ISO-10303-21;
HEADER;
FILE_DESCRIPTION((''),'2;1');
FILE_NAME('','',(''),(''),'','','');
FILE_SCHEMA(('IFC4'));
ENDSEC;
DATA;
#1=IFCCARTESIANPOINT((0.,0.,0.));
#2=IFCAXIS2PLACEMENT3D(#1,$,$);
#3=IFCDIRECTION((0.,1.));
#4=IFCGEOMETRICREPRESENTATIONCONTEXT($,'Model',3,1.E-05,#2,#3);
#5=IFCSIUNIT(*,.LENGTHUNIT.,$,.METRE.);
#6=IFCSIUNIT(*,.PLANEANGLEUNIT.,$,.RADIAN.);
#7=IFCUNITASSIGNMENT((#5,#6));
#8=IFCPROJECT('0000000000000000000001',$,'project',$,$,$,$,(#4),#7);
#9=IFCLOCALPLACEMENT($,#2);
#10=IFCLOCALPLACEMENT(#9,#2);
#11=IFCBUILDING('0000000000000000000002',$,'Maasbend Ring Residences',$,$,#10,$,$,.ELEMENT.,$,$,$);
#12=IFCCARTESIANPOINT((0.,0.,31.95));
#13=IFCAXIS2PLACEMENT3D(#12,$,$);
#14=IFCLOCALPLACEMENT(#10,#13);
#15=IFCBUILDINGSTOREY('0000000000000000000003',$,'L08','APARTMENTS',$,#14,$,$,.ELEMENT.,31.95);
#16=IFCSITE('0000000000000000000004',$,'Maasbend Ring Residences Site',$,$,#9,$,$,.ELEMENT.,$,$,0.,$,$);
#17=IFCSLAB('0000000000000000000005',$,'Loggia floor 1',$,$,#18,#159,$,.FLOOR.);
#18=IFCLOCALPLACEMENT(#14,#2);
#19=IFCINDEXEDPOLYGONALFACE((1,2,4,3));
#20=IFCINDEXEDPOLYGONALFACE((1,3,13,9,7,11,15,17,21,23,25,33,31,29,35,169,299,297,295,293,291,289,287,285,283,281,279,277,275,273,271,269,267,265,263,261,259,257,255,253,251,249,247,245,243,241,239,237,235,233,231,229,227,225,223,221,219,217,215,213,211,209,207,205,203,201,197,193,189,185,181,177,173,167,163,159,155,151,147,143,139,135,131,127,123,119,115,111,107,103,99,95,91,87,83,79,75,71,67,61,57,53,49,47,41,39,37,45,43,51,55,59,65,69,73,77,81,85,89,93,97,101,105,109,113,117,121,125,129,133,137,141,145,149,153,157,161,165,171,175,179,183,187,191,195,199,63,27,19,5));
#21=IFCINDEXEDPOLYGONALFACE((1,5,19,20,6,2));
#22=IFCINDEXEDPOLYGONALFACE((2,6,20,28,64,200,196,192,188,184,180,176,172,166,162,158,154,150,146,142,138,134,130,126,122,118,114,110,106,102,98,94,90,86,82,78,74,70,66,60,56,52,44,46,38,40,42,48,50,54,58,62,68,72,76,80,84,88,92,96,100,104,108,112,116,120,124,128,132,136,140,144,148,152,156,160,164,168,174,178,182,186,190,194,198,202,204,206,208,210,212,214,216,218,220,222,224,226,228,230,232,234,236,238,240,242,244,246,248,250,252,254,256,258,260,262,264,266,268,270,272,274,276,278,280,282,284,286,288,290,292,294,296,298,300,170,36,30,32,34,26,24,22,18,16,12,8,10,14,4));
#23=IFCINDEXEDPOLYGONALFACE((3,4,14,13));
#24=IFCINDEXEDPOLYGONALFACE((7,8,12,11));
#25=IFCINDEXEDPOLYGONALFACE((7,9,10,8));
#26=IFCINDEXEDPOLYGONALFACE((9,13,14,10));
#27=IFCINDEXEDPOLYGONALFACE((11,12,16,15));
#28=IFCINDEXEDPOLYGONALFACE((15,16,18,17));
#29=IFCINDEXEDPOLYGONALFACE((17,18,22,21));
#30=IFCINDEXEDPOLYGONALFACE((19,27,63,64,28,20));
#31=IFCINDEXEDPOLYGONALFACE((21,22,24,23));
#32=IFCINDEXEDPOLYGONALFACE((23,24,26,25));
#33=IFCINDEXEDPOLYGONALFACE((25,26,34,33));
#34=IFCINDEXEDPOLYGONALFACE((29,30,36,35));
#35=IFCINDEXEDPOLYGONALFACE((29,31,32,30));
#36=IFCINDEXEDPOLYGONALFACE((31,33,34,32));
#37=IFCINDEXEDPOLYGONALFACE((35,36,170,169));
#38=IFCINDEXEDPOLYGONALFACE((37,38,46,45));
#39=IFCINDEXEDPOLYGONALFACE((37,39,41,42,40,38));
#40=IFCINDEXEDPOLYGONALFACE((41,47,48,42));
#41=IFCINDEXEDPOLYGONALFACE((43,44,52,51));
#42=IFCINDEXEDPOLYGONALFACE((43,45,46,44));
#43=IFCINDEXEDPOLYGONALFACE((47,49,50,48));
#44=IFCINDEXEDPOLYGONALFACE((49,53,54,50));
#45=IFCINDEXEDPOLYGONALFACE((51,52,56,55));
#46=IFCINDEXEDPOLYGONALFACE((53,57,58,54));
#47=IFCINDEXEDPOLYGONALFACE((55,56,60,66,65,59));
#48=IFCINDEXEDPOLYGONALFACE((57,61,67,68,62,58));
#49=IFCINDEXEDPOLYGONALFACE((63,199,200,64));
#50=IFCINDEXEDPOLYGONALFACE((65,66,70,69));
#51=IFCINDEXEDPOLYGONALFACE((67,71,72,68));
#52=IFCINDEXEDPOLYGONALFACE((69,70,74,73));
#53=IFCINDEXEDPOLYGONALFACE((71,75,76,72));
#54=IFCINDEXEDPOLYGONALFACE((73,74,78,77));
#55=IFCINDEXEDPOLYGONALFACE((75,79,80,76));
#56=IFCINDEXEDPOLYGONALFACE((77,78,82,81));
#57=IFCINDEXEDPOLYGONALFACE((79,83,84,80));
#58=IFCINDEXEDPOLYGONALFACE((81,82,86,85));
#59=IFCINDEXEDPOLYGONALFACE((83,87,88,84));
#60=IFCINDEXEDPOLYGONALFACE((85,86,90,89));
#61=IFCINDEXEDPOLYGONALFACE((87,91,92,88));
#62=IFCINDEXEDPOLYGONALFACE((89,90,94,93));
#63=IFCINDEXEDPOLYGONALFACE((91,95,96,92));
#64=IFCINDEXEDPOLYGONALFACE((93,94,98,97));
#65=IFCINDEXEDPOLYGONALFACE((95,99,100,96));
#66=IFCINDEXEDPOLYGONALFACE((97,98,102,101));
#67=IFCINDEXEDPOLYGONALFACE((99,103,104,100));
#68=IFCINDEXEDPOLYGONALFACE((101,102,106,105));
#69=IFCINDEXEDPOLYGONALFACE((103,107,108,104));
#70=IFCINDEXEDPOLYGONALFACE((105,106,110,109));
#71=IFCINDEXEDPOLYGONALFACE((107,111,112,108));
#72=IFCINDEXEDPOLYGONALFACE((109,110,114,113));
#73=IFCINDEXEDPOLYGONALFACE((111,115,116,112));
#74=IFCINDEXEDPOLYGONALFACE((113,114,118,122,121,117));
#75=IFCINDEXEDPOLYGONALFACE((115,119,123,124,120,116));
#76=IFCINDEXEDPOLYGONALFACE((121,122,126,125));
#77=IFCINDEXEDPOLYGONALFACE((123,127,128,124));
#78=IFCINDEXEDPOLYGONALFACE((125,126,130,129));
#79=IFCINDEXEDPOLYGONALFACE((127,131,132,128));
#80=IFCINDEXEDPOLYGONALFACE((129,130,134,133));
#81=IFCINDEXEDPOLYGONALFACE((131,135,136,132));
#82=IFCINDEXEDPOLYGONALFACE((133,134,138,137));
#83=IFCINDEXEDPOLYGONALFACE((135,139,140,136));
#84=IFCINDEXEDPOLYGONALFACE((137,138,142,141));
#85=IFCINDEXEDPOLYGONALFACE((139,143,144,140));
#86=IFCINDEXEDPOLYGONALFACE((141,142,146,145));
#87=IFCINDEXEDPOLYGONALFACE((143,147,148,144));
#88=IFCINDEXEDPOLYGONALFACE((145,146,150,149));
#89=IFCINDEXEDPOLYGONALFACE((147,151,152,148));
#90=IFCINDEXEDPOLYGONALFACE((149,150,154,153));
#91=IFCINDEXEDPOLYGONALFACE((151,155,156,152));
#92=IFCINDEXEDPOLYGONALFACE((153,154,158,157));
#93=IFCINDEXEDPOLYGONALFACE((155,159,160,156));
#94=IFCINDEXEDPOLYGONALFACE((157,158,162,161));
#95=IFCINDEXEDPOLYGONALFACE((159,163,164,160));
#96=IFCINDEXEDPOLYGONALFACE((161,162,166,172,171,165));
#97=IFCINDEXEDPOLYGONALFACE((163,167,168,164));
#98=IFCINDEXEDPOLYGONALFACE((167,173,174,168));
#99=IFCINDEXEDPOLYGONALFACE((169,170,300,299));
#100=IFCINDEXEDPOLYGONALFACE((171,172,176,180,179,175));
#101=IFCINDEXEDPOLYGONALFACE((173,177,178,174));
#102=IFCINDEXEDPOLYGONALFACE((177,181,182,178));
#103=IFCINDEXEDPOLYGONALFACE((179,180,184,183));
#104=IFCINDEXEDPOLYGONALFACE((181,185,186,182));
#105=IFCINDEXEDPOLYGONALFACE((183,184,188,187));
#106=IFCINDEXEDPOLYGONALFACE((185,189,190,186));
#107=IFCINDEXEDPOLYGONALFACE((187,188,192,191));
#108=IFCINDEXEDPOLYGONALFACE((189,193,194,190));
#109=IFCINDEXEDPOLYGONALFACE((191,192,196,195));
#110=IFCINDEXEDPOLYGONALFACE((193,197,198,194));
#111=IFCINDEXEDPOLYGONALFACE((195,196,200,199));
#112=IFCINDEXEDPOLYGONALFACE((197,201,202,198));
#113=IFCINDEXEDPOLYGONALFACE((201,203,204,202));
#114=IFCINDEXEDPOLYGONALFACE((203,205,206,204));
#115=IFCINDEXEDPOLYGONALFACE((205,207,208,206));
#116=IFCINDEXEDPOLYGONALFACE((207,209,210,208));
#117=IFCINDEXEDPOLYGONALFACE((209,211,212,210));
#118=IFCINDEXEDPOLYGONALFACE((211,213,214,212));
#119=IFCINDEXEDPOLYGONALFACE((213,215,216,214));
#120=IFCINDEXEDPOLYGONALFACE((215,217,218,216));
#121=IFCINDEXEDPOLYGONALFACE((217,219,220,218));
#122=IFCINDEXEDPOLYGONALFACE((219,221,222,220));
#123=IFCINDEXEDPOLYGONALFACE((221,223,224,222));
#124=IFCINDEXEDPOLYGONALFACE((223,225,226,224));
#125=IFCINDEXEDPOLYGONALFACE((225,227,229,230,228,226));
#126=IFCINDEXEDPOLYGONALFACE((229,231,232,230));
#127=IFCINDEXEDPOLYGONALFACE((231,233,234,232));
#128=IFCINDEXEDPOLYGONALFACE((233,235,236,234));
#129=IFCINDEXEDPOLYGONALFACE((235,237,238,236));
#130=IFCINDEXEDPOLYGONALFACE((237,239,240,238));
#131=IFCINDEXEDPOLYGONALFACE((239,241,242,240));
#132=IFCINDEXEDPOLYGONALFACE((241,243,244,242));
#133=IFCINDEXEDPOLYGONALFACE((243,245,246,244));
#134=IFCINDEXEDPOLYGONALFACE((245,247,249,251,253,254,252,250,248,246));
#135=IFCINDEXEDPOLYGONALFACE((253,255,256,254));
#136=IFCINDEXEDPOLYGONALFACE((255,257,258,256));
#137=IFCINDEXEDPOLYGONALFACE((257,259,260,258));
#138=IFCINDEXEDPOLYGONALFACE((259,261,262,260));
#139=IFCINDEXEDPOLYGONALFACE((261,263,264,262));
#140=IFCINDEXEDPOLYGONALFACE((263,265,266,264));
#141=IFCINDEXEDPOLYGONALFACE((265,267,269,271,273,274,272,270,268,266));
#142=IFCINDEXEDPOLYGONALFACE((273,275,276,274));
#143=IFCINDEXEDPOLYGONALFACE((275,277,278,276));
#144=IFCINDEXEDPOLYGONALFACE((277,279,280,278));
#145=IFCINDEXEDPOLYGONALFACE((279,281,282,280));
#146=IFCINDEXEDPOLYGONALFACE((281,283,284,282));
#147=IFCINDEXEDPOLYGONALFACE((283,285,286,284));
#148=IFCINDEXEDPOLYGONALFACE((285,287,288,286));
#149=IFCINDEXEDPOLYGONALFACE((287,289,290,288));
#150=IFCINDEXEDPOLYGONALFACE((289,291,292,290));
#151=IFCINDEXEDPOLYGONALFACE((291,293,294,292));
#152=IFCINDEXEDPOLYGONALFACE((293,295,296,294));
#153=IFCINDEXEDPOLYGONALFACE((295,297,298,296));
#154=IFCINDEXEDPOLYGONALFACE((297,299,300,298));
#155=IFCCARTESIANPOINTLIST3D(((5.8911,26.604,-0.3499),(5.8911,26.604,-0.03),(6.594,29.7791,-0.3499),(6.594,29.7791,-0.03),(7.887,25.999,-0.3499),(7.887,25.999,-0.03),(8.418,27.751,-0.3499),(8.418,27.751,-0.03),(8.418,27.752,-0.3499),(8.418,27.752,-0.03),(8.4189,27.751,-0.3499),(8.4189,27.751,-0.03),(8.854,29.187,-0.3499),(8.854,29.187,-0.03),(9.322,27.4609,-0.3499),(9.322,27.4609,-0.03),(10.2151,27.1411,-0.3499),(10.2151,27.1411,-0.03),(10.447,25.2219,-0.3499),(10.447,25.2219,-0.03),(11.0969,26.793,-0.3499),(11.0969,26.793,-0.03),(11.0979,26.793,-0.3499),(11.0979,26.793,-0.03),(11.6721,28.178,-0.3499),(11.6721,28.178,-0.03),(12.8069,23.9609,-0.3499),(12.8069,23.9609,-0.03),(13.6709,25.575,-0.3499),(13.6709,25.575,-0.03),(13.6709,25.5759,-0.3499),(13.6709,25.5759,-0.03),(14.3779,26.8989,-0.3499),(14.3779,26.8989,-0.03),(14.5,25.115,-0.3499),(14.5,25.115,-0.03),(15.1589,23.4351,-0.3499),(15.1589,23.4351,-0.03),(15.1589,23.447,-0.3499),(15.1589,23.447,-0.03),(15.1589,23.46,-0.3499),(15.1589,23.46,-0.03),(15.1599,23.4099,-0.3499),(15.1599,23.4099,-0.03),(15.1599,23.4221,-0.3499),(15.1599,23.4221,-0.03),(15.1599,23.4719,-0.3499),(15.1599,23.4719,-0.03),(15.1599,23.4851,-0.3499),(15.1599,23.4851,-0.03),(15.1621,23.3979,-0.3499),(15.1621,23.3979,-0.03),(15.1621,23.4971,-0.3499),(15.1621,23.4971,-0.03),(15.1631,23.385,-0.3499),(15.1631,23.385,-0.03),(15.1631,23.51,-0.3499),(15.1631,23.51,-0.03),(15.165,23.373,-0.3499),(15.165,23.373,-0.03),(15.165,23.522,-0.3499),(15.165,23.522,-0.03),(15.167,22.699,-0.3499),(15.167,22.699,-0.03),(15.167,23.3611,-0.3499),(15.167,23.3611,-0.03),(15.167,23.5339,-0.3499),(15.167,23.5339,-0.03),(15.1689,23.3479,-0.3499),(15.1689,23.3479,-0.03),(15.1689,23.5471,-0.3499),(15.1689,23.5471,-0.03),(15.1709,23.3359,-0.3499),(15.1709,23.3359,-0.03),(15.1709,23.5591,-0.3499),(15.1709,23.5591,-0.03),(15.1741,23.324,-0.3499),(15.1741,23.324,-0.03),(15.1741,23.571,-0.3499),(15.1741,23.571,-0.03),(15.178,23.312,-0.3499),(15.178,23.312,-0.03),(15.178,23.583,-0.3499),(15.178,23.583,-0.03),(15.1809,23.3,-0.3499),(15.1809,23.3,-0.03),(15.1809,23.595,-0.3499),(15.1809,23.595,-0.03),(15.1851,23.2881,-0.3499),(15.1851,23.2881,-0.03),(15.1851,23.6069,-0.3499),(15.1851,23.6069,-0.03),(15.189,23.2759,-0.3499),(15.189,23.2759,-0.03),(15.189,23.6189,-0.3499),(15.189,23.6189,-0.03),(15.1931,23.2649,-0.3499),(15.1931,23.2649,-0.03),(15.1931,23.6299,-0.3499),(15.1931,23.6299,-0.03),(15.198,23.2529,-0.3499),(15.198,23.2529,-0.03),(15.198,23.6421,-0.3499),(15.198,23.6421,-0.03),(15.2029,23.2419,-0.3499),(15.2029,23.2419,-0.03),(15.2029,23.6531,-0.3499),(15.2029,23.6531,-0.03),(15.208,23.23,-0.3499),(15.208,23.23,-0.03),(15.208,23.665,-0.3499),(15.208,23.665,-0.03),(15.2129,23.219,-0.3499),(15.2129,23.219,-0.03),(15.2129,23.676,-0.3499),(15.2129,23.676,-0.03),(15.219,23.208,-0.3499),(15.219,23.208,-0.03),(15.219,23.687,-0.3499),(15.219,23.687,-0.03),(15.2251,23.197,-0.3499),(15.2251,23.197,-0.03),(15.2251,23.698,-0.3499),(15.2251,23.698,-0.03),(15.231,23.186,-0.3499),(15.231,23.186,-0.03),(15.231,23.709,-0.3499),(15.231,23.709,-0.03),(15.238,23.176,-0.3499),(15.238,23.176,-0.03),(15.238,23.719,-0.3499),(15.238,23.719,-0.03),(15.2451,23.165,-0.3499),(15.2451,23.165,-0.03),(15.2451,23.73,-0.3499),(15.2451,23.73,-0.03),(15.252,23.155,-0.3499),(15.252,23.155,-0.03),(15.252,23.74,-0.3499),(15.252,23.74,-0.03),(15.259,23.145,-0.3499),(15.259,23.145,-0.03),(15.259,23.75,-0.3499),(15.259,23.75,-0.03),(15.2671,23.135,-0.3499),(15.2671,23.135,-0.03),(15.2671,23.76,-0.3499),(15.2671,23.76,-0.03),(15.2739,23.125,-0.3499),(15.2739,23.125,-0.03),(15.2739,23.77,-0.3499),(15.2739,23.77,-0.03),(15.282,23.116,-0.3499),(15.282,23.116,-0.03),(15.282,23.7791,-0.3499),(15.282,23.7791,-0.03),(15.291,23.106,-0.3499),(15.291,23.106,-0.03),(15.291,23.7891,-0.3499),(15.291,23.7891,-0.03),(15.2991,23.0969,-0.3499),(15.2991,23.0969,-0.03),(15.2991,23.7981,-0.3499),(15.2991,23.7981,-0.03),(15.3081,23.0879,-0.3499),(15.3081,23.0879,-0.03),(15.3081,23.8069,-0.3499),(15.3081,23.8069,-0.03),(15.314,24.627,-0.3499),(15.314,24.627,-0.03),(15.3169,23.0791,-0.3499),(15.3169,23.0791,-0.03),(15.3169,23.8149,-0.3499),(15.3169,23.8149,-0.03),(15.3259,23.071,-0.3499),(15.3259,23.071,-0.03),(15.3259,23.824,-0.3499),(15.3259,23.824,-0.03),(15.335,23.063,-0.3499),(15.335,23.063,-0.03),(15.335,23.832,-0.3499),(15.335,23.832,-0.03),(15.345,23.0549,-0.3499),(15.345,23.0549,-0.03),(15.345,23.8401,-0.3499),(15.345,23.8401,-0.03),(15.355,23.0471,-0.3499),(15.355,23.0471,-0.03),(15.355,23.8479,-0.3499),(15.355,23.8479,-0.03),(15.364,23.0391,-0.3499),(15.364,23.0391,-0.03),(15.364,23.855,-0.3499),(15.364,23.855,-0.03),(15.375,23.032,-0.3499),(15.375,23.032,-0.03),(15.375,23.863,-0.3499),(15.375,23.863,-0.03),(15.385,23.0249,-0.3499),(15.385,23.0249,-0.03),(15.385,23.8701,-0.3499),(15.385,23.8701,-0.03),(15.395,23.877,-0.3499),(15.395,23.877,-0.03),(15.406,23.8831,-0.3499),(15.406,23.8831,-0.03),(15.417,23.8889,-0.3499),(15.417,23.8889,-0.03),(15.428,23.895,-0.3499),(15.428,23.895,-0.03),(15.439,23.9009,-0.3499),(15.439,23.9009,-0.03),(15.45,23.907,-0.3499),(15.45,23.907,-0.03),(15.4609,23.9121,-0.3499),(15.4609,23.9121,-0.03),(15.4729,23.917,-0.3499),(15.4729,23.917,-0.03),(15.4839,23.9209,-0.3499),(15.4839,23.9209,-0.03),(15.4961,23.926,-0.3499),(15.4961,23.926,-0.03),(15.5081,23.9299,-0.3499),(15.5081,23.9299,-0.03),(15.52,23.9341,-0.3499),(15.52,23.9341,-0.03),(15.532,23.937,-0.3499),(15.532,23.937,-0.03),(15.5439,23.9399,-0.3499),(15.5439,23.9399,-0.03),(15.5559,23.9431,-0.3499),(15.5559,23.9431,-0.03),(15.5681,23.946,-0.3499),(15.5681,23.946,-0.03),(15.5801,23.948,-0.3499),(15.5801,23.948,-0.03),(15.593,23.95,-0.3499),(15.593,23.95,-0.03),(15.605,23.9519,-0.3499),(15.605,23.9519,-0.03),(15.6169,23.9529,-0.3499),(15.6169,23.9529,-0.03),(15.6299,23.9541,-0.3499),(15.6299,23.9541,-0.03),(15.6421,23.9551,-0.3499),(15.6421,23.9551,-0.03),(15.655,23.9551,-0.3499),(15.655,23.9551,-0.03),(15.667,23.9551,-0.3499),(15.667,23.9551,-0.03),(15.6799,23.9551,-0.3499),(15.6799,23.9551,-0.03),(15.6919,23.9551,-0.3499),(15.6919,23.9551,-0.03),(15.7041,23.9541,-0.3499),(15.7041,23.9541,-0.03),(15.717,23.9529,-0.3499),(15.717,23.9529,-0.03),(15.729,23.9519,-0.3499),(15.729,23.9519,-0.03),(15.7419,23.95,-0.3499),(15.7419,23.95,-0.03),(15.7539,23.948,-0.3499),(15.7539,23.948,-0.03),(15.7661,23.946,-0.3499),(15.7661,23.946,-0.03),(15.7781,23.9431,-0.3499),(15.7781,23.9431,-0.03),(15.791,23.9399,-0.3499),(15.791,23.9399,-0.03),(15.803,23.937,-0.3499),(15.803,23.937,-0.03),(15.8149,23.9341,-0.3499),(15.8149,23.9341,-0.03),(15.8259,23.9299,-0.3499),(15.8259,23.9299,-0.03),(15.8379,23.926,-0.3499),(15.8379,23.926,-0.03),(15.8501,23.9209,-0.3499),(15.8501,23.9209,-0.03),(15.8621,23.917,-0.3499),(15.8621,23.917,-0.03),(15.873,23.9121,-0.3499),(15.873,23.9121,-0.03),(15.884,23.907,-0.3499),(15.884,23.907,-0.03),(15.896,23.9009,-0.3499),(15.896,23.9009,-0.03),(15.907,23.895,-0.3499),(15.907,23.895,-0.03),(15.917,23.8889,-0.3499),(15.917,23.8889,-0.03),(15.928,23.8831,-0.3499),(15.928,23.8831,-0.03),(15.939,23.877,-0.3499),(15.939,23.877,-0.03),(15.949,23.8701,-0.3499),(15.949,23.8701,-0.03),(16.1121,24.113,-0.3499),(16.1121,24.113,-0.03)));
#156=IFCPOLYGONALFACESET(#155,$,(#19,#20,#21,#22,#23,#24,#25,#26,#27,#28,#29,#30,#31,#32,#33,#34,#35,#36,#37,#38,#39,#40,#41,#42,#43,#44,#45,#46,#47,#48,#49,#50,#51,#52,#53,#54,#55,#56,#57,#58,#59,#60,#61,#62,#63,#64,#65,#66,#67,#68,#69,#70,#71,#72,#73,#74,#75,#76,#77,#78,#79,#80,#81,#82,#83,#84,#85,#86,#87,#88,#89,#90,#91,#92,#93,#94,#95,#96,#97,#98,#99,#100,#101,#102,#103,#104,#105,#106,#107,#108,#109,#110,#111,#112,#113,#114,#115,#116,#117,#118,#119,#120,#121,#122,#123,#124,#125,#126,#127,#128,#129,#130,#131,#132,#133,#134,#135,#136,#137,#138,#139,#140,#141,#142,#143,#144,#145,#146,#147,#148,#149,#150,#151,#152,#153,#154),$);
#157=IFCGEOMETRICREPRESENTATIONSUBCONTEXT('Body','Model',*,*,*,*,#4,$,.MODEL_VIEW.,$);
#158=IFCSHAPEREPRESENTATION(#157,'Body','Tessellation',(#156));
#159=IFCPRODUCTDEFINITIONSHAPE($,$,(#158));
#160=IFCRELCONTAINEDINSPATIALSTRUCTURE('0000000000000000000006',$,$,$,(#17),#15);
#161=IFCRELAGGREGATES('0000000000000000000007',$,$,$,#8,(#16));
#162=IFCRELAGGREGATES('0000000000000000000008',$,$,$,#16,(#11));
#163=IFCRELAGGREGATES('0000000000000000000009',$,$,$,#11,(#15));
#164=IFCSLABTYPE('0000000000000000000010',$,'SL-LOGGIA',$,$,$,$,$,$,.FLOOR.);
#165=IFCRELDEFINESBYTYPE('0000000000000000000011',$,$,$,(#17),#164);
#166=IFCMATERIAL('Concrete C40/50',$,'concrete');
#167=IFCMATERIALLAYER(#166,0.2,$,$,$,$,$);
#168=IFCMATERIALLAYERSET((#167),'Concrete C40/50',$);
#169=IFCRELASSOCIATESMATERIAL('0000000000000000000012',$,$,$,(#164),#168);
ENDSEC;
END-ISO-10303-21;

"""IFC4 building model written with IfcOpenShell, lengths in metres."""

from ifc_helpers import new_model, si_unit, direction, frame, origin, place, context, subcontext, project, spatial, polyline, outline, extrude, material, layer, layer_set, type_object, element, save


model = new_model("IFC4")

# Units and contexts
model_context = context("Model", 3, precision=1e-05, world=origin(), true_north=direction((0.0, 1.0)))
body_context = subcontext(model_context, "Body", "Model", "MODEL_VIEW")
ifc_project = project(units=[si_unit("LENGTHUNIT", "METRE"), si_unit("PLANEANGLEUNIT", "RADIAN")], contexts=[model_context])

# Site, building, storey
site_placement = place(None, origin())
site = spatial("IfcSite", under=ifc_project, at=site_placement, Name="Maasbend Ring Residences Site", CompositionType="ELEMENT", RefElevation=0.0)
building_placement = place(site_placement, origin())
building = spatial("IfcBuilding", under=site, at=building_placement, Name="Maasbend Ring Residences", CompositionType="ELEMENT")
storey_placement = place(building_placement, frame((0.0, 0.0, 31.95)))
storey = spatial("IfcBuildingStorey", under=building, at=storey_placement, Name="L08", Description="APARTMENTS", CompositionType="ELEMENT", Elevation=31.95)

# Slab
ifc_material_1 = material(Name="Concrete C40/50", Category="concrete")
ifc_layer_1 = layer(ifc_material_1, 0.2)
ifc_layer_set_1 = layer_set([ifc_layer_1], Name="Concrete C40/50")
slab_type_1 = type_object("IfcSlabType", Name="SL-LOGGIA", PredefinedType="FLOOR", material=ifc_layer_set_1)
slab_1_placement = place(storey_placement, frame((0.0, 0.0, -0.3499)))
element("IfcSlab", 1, at=slab_1_placement, inside=storey, type_object=slab_type_1, Name="Loggia floor 1", PredefinedType="FLOOR", context=body_context, shape_type="SweptSolid", body=[
    extrude(outline(polyline([(8.854, 29.187), (8.854, 29.187), (8.854, 29.187), (8.418, 27.752), (8.418, 27.752), (8.418, 27.752), (8.418, 27.752), (8.418, 27.752), (8.418, 27.752), (8.418, 27.751), (8.418, 27.751), (8.418, 27.751), (8.418, 27.751), (8.418, 27.751), (8.4189, 27.751), (8.4189, 27.751), (8.4189, 27.751), (8.4189, 27.751), (8.4189, 27.751), (8.4189, 27.751), (9.322, 27.4609), (9.322, 27.4609), (10.2151, 27.1411), (10.2151, 27.1411), (11.0969, 26.793), (11.0969, 26.793), (11.0969, 26.793), (11.0979, 26.793), (11.0979, 26.793), (11.0979, 26.793), (11.0979, 26.793), (11.0979, 26.793), (11.0979, 26.793), (11.0979, 26.793), (11.0979, 26.793), (11.0979, 26.793), (11.0979, 26.793), (11.0979, 26.793), (11.0979, 26.793), (11.0979, 26.793), (11.0979, 26.793), (11.6721, 28.178), (11.6721, 28.178), (11.6721, 28.178), (14.3779, 26.8989), (14.3779, 26.8989), (14.3779, 26.8989), (13.6709, 25.5759), (13.6709, 25.5759), (13.6709, 25.5759), (13.6709, 25.5759), (13.6709, 25.5759), (13.6709, 25.5759), (13.6709, 25.5759), (13.6709, 25.5759), (13.6709, 25.5759), (13.6709, 25.5759), (13.6709, 25.5759), (13.6709, 25.5759), (13.6709, 25.5759), (13.6709, 25.5759), (13.6709, 25.5759), (13.6709, 25.5759), (13.6709, 25.575), (14.5, 25.115), (14.5, 25.115), (15.314, 24.627), (15.314, 24.627), (16.1121, 24.113), (16.1121, 24.113), (16.1121, 24.113), (15.949, 23.8701), (15.939, 23.877), (15.928, 23.8831), (15.917, 23.8889), (15.907, 23.895), (15.896, 23.9009), (15.884, 23.907), (15.873, 23.9121), (15.8621, 23.917), (15.8501, 23.9209), (15.8379, 23.926), (15.8259, 23.9299), (15.8149, 23.9341), (15.803, 23.937), (15.791, 23.9399), (15.7781, 23.9431), (15.7661, 23.946), (15.7539, 23.948), (15.7419, 23.95), (15.729, 23.9519), (15.717, 23.9529), (15.7041, 23.9541), (15.6919, 23.9551), (15.6799, 23.9551), (15.667, 23.9551), (15.655, 23.9551), (15.6421, 23.9551), (15.6299, 23.9541), (15.6169, 23.9529), (15.605, 23.9519), (15.593, 23.95), (15.5801, 23.948), (15.5681, 23.946), (15.5559, 23.9431), (15.5439, 23.9399), (15.532, 23.937), (15.52, 23.9341), (15.5081, 23.9299), (15.4961, 23.926), (15.4839, 23.9209), (15.4729, 23.917), (15.4609, 23.9121), (15.45, 23.907), (15.439, 23.9009), (15.428, 23.895), (15.417, 23.8889), (15.406, 23.8831), (15.395, 23.877), (15.385, 23.8701), (15.375, 23.863), (15.364, 23.855), (15.355, 23.8479), (15.345, 23.8401), (15.335, 23.832), (15.3259, 23.824), (15.3169, 23.8149), (15.3081, 23.8069), (15.2991, 23.7981), (15.291, 23.7891), (15.282, 23.7791), (15.2739, 23.77), (15.2671, 23.76), (15.259, 23.75), (15.252, 23.74), (15.2451, 23.73), (15.238, 23.719), (15.231, 23.709), (15.2251, 23.698), (15.219, 23.687), (15.2129, 23.676), (15.208, 23.665), (15.2029, 23.6531), (15.198, 23.6421), (15.1931, 23.6299), (15.189, 23.6189), (15.1851, 23.6069), (15.1809, 23.595), (15.178, 23.583), (15.1741, 23.571), (15.1709, 23.5591), (15.1689, 23.5471), (15.167, 23.5339), (15.165, 23.522), (15.1631, 23.51), (15.1621, 23.4971), (15.1599, 23.4851), (15.1599, 23.4719), (15.1589, 23.46), (15.1589, 23.447), (15.1589, 23.4351), (15.1599, 23.4221), (15.1599, 23.4099), (15.1621, 23.3979), (15.1631, 23.385), (15.165, 23.373), (15.167, 23.3611), (15.1689, 23.3479), (15.1709, 23.3359), (15.1741, 23.324), (15.178, 23.312), (15.1809, 23.3), (15.1851, 23.2881), (15.189, 23.2759), (15.1931, 23.2649), (15.198, 23.2529), (15.2029, 23.2419), (15.208, 23.23), (15.2129, 23.219), (15.219, 23.208), (15.2251, 23.197), (15.231, 23.186), (15.238, 23.176), (15.2451, 23.165), (15.252, 23.155), (15.259, 23.145), (15.2671, 23.135), (15.2739, 23.125), (15.282, 23.116), (15.291, 23.106), (15.2991, 23.0969), (15.3081, 23.0879), (15.3169, 23.0791), (15.3259, 23.071), (15.335, 23.063), (15.345, 23.0549), (15.355, 23.0471), (15.364, 23.0391), (15.375, 23.032), (15.385, 23.0249), (15.167, 22.699), (15.167, 22.699), (15.167, 22.699), (12.8069, 23.9609), (10.447, 25.2219), (10.447, 25.2219), (10.447, 25.2219), (7.887, 25.999), (5.8911, 26.604), (5.8911, 26.604), (5.8911, 26.604), (6.594, 29.7791), (6.594, 29.7791), (6.594, 29.7791), (8.854, 29.187)])), origin(), (0.0, 0.0, 1.0), 0.3198),
])

save(model, "model.ifc")
